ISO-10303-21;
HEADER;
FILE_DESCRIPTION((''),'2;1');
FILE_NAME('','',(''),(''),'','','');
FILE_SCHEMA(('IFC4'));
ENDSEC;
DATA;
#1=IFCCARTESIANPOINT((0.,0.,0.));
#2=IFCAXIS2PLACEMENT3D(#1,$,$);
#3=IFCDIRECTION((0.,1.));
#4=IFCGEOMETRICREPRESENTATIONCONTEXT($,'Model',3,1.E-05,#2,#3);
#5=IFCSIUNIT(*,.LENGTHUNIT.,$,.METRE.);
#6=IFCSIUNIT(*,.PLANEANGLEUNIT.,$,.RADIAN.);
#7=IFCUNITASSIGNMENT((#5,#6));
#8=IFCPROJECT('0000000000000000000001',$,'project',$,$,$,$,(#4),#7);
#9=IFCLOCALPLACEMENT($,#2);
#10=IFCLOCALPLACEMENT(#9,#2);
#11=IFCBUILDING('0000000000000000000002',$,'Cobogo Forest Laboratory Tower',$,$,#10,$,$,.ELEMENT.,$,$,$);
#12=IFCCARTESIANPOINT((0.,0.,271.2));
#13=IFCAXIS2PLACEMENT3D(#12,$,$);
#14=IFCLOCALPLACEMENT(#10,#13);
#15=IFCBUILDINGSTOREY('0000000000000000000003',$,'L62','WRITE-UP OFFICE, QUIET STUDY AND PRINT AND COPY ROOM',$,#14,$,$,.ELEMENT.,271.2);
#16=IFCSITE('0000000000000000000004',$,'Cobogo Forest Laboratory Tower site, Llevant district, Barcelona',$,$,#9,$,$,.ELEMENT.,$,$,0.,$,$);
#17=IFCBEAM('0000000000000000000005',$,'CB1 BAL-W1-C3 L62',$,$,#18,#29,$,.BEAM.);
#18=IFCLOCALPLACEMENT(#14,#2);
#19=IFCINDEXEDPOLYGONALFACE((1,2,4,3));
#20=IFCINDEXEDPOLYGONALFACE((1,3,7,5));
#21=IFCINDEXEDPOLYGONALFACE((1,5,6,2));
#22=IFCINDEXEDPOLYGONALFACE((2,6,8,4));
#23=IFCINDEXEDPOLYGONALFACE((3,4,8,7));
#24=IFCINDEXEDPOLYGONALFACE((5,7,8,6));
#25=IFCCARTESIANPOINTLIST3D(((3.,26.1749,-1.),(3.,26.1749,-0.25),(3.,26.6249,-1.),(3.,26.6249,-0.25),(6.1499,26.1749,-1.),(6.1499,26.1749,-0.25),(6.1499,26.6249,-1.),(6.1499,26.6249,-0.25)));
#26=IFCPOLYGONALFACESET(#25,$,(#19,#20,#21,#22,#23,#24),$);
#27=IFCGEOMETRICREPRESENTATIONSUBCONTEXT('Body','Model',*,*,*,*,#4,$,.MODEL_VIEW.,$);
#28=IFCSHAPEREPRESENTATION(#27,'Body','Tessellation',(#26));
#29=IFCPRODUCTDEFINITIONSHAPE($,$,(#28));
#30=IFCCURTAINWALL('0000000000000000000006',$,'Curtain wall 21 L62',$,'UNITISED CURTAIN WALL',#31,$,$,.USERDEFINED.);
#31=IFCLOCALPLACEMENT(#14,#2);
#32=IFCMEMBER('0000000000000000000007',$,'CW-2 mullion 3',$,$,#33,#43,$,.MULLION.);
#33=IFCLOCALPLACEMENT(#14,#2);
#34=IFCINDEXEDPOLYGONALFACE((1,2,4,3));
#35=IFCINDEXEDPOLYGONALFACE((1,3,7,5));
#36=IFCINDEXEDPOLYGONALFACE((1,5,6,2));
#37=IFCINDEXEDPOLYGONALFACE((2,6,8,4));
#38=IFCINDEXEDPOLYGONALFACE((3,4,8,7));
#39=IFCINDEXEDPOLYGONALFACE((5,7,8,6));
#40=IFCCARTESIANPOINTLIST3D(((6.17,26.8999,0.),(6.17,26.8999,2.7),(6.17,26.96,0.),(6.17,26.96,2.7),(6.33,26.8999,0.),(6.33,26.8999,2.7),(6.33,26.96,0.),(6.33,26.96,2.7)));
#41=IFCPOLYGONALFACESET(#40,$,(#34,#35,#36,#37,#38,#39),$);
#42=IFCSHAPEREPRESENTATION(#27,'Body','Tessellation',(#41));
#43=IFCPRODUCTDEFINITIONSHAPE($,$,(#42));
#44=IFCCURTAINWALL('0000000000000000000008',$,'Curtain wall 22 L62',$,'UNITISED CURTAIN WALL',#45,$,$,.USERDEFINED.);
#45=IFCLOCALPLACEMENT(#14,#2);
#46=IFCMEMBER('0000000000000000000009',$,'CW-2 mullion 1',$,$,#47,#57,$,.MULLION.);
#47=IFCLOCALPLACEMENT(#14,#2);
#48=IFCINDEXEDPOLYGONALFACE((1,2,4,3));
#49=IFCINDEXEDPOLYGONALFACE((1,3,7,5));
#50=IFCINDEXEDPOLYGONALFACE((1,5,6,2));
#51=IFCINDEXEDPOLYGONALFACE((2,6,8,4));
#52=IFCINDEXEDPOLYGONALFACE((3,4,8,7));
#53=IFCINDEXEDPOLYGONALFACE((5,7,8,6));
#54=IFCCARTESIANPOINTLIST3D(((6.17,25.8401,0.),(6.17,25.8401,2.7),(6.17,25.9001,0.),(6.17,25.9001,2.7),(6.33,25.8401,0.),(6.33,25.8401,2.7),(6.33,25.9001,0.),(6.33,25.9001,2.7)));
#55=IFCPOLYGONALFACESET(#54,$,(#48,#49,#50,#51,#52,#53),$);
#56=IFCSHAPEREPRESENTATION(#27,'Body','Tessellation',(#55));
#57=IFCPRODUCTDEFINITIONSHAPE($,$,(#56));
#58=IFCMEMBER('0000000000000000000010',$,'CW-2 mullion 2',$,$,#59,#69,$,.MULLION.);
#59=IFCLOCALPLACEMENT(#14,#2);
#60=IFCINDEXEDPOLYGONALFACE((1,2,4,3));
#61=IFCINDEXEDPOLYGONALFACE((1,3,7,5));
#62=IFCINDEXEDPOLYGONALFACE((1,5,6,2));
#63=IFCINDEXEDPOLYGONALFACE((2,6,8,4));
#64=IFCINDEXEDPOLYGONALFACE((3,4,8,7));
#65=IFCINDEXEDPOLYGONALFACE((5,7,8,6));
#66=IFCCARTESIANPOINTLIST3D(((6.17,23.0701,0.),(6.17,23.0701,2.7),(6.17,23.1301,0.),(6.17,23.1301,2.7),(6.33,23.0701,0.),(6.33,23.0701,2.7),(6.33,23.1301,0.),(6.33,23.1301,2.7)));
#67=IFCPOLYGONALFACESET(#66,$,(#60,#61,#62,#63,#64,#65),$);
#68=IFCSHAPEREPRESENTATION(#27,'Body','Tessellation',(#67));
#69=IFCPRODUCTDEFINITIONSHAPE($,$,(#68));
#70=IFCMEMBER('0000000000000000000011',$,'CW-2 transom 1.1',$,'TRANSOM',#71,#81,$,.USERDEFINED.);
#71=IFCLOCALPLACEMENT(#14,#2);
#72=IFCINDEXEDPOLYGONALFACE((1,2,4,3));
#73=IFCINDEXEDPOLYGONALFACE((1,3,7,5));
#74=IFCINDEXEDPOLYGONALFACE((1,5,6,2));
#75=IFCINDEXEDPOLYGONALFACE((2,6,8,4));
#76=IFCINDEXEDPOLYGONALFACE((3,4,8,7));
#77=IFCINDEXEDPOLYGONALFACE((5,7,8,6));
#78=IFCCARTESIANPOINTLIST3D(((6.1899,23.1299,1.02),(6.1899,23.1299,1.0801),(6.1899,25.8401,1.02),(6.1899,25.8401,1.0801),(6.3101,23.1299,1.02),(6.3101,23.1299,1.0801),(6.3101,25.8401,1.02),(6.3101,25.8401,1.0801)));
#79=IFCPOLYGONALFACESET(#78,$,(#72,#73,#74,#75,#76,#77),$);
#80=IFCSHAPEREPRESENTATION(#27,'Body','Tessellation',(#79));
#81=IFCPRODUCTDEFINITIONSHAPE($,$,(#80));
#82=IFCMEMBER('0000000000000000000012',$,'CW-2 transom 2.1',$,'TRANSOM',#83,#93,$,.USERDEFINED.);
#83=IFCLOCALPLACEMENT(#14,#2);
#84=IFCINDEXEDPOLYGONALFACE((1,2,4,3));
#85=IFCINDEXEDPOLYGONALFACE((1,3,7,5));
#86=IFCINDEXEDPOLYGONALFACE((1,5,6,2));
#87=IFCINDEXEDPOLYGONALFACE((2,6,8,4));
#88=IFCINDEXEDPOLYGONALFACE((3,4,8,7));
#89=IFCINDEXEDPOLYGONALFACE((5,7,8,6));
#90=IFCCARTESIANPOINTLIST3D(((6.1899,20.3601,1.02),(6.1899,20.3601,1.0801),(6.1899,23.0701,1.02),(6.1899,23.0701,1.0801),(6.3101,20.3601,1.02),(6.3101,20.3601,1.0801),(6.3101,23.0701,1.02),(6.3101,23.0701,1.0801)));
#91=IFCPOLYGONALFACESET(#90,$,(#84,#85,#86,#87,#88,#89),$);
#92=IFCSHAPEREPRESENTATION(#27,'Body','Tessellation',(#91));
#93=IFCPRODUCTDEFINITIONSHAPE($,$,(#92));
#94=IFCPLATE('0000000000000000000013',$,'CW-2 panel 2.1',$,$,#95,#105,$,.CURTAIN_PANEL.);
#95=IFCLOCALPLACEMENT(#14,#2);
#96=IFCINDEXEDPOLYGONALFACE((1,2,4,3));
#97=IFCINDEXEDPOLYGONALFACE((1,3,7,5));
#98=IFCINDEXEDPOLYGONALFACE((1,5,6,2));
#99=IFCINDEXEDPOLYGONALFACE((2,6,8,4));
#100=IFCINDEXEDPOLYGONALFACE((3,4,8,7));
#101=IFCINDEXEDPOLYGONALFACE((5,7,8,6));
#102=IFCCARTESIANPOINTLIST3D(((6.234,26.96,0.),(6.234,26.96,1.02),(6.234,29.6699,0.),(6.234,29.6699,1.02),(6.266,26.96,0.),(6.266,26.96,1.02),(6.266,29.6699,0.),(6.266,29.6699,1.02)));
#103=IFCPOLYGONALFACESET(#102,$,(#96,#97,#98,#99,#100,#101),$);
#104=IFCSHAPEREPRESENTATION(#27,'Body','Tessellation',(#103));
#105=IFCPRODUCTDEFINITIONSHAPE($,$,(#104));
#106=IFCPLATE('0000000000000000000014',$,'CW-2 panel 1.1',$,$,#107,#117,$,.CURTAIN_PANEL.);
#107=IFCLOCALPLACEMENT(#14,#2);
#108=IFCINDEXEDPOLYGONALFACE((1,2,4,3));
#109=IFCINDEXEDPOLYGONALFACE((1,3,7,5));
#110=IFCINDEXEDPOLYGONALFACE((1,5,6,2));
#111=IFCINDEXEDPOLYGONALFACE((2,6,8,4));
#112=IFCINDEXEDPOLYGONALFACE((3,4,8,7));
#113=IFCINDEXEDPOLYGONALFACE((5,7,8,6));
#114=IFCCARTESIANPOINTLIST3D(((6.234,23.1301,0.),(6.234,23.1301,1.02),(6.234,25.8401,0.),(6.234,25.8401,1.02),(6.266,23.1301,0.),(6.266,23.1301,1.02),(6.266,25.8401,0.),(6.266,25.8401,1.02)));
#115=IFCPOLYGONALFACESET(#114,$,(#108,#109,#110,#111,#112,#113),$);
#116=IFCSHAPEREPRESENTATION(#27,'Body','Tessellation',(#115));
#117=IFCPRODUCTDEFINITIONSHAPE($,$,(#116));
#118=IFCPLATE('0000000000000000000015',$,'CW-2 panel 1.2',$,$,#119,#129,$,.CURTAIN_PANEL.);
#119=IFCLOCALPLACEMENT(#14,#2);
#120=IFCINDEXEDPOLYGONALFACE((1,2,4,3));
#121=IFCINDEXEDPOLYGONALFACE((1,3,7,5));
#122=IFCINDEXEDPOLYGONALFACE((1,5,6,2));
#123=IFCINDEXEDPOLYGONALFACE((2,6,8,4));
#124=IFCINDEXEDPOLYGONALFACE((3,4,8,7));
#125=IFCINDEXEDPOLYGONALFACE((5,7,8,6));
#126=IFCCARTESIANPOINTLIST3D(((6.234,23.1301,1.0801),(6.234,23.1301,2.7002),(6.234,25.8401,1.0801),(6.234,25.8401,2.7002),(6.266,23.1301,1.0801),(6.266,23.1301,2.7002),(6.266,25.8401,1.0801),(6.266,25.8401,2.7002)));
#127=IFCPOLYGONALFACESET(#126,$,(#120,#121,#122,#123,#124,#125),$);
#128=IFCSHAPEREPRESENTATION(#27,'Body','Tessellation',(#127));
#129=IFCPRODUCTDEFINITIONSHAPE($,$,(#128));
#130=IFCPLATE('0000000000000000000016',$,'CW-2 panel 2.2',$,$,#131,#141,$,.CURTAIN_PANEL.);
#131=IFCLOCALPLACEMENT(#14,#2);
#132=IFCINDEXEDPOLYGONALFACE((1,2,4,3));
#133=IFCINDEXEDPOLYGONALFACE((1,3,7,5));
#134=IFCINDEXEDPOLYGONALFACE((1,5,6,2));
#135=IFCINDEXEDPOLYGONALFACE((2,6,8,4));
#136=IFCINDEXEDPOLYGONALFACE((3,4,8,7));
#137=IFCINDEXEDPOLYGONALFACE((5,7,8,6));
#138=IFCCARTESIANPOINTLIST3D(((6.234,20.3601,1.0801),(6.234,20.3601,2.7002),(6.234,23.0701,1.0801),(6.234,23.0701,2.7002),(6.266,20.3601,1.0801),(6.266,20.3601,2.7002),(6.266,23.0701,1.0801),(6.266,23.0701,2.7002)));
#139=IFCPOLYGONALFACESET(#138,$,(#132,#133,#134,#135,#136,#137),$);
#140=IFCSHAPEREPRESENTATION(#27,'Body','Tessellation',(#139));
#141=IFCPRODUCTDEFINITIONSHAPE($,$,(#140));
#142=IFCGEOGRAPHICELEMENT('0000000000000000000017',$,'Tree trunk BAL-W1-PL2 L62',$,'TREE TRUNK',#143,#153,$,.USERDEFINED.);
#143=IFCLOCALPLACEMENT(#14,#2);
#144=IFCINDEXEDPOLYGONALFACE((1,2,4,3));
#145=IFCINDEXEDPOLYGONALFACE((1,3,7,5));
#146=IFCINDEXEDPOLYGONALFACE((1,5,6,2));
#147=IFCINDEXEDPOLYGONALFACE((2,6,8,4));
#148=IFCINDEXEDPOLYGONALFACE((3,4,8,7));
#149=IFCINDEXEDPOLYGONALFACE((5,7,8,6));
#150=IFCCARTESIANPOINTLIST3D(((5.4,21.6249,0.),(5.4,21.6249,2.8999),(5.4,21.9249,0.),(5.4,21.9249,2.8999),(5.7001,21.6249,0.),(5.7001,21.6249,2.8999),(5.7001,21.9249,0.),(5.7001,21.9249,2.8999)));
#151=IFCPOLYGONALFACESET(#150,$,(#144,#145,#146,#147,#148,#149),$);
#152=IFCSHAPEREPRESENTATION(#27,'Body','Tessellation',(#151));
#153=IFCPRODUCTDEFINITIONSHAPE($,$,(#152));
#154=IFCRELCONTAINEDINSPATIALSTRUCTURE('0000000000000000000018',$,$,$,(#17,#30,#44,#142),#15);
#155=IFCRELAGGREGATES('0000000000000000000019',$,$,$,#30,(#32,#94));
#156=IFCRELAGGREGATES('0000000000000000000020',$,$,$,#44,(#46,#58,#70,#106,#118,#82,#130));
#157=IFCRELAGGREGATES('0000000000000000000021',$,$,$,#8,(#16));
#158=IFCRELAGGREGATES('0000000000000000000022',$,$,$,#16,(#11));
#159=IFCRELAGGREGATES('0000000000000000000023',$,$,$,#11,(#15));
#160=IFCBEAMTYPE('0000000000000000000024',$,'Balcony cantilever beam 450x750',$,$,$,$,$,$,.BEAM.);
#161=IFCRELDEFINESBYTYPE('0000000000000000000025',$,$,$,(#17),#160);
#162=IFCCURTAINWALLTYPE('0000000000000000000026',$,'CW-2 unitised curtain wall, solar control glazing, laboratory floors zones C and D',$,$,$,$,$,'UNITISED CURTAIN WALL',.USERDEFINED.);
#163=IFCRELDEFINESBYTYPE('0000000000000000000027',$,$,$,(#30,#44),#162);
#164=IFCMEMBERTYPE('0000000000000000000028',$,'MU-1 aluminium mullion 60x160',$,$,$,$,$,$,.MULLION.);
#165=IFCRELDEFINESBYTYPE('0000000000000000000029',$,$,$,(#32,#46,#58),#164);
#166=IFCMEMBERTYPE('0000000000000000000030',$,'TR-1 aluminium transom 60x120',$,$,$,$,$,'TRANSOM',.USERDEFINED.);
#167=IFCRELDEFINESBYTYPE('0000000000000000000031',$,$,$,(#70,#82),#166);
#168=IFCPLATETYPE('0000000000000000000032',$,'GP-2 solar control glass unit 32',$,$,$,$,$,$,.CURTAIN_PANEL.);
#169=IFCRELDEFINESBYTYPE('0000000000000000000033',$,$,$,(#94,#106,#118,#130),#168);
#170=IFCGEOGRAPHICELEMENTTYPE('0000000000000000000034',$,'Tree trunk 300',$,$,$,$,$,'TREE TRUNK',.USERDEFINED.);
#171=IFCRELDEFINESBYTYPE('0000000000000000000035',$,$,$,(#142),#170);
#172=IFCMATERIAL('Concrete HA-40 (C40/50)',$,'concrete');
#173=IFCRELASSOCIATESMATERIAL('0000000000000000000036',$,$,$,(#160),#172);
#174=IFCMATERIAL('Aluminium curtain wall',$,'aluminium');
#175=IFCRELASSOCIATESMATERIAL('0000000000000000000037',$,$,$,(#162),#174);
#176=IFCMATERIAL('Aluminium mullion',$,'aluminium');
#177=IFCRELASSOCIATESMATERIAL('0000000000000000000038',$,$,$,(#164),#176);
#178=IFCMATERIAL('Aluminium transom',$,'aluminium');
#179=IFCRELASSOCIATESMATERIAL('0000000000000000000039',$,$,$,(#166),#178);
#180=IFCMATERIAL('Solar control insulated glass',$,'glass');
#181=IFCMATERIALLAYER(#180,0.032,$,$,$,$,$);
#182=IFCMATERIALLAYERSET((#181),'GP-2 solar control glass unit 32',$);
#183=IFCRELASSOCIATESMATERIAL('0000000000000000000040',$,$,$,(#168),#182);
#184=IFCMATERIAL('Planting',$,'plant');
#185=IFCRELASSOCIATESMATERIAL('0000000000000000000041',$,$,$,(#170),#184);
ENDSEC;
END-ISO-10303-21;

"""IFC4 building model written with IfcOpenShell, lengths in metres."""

from ifc_helpers import new_model, si_unit, direction, frame, origin, origin_2d, place, context, subcontext, project, spatial, rectangle, extrude, material, layer, layer_set, material_profile, profile_set, type_object, element, aggregate, save


model = new_model("IFC4")

# Units and contexts
model_context = context("Model", 3, precision=1e-05, world=origin(), true_north=direction((0.0, 1.0)))
body_context = subcontext(model_context, "Body", "Model", "MODEL_VIEW")
ifc_project = project(units=[si_unit("LENGTHUNIT", "METRE"), si_unit("PLANEANGLEUNIT", "RADIAN")], contexts=[model_context])

# Site, building, storey
site_placement = place(None, origin())
site = spatial("IfcSite", under=ifc_project, at=site_placement, Name="Cobogo Forest Laboratory Tower site, Llevant district, Barcelona", CompositionType="ELEMENT", RefElevation=0.0)
building_placement = place(site_placement, origin())
building = spatial("IfcBuilding", under=site, at=building_placement, Name="Cobogo Forest Laboratory Tower", CompositionType="ELEMENT")
storey_placement = place(building_placement, frame((0.0, 0.0, 271.2)))
storey = spatial("IfcBuildingStorey", under=building, at=storey_placement, Name="L62", Description="WRITE-UP OFFICE, QUIET STUDY AND PRINT AND COPY ROOM", CompositionType="ELEMENT", Elevation=271.2)

# Beam
ifc_material_1 = material(Name="Concrete HA-40 (C40/50)", Category="concrete")
ifc_material_profile_1 = material_profile(ifc_material_1, rectangle(XDim=0.45, YDim=0.75, at=origin_2d()), Name="RC 450x750")
ifc_profile_set_1 = profile_set([ifc_material_profile_1], Name="Concrete HA-40 (C40/50)")
beam_type = type_object("IfcBeamType", Name="Balcony cantilever beam 450x750", PredefinedType="BEAM", material=ifc_profile_set_1)
beam_placement = place(storey_placement, frame((6.1499, 26.3999, -0.625), z_axis=(-1.0, 0.0, 0.0), x_axis=(0.0, -1.0, 0.0)))
element("IfcBeam", 1, at=beam_placement, inside=storey, type_object=beam_type, Name="CB1 BAL-W1-C3 L62", PredefinedType="BEAM", context=body_context, shape_type="SweptSolid", body=[
    extrude(rectangle(XDim=0.45, YDim=0.75, at=origin_2d()), origin(), (0.0, 0.0, 1.0), 3.1499),
])

# Curtain wall, member
ifc_material_2 = material(Name="Aluminium curtain wall", Category="aluminium")
curtain_wall_type = type_object("IfcCurtainWallType", Name="CW-2 unitised curtain wall, solar control glazing, laboratory floors zones C and D", ElementType="UNITISED CURTAIN WALL", PredefinedType="USERDEFINED", material=ifc_material_2)
curtain_wall_1_placement = place(storey_placement, origin())
curtain_wall_1 = element("IfcCurtainWall", 2, at=curtain_wall_1_placement, inside=storey, type_object=curtain_wall_type, Name="Curtain wall 21 L62", ObjectType="UNITISED CURTAIN WALL", PredefinedType="USERDEFINED")
ifc_material_3 = material(Name="Aluminium mullion", Category="aluminium")
ifc_material_profile_2 = material_profile(ifc_material_3, rectangle(XDim=0.0601, YDim=0.1599, at=origin_2d()), Name="AL 60x160")
ifc_profile_set_2 = profile_set([ifc_material_profile_2], Name="Aluminium mullion")
member_type_1 = type_object("IfcMemberType", Name="MU-1 aluminium mullion 60x160", PredefinedType="MULLION", material=ifc_profile_set_2)
member_1_placement = place(storey_placement, frame((6.25, 26.9299, 0.0), z_axis=(0.0, 0.0, 1.0), x_axis=(0.0, -1.0, 0.0)))
member_1 = element("IfcMember", 3, at=member_1_placement, type_object=member_type_1, Name="CW-2 mullion 3", PredefinedType="MULLION", context=body_context, shape_type="SweptSolid", body=[
    extrude(rectangle(XDim=0.0601, YDim=0.1599, at=origin_2d()), origin(), (0.0, 0.0, 1.0), 2.7),
])

# Curtain wall, members
curtain_wall_2_placement = place(storey_placement, origin())
curtain_wall_2 = element("IfcCurtainWall", 4, at=curtain_wall_2_placement, inside=storey, type_object=curtain_wall_type, Name="Curtain wall 22 L62", ObjectType="UNITISED CURTAIN WALL", PredefinedType="USERDEFINED")
member_2_placement = place(storey_placement, frame((6.25, 25.8701, 0.0), z_axis=(0.0, 0.0, 1.0), x_axis=(0.0, -1.0, 0.0)))
member_2 = element("IfcMember", 5, at=member_2_placement, type_object=member_type_1, Name="CW-2 mullion 1", PredefinedType="MULLION", context=body_context, shape_type="SweptSolid", body=[
    extrude(rectangle(XDim=0.0601, YDim=0.1599, at=origin_2d()), origin(), (0.0, 0.0, 1.0), 2.7),
])
member_3_placement = place(storey_placement, frame((6.25, 23.1001, 0.0), z_axis=(0.0, 0.0, 1.0), x_axis=(0.0, -1.0, 0.0)))
member_3 = element("IfcMember", 6, at=member_3_placement, type_object=member_type_1, Name="CW-2 mullion 2", PredefinedType="MULLION", context=body_context, shape_type="SweptSolid", body=[
    extrude(rectangle(XDim=0.0601, YDim=0.1599, at=origin_2d()), origin(), (0.0, 0.0, 1.0), 2.7),
])
ifc_material_4 = material(Name="Aluminium transom", Category="aluminium")
ifc_material_profile_3 = material_profile(ifc_material_4, rectangle(XDim=0.1201, YDim=0.0601, at=origin_2d()), Name="AL 60x120")
ifc_profile_set_3 = profile_set([ifc_material_profile_3], Name="Aluminium transom")
member_type_2 = type_object("IfcMemberType", Name="TR-1 aluminium transom 60x120", ElementType="TRANSOM", PredefinedType="USERDEFINED", material=ifc_profile_set_3)
member_4_placement = place(storey_placement, frame((6.25, 25.8401, 1.05), z_axis=(0.0, -1.0, 0.0), x_axis=(1.0, 0.0, 0.0)))
member_4 = element("IfcMember", 7, at=member_4_placement, type_object=member_type_2, Name="CW-2 transom 1.1", ObjectType="TRANSOM", PredefinedType="USERDEFINED", context=body_context, shape_type="SweptSolid", body=[
    extrude(rectangle(XDim=0.1201, YDim=0.0601, at=origin_2d()), origin(), (0.0, 0.0, 1.0), 2.7102),
])
member_5_placement = place(storey_placement, frame((6.25, 23.0701, 1.05), z_axis=(0.0, -1.0, 0.0), x_axis=(1.0, 0.0, 0.0)))
member_5 = element("IfcMember", 8, at=member_5_placement, type_object=member_type_2, Name="CW-2 transom 2.1", ObjectType="TRANSOM", PredefinedType="USERDEFINED", context=body_context, shape_type="SweptSolid", body=[
    extrude(rectangle(XDim=0.1201, YDim=0.0601, at=origin_2d()), origin(), (0.0, 0.0, 1.0), 2.71),
])

# Plates
ifc_material_5 = material(Name="Solar control insulated glass", Category="glass")
ifc_layer = layer(ifc_material_5, 0.032)
ifc_layer_set = layer_set([ifc_layer], Name="GP-2 solar control glass unit 32")
plate_type_1 = type_object("IfcPlateType", Name="GP-2 solar control glass unit 32", PredefinedType="CURTAIN_PANEL", material=ifc_layer_set)
plate_1_placement = place(storey_placement, frame((6.25, 28.3149, 0.0), z_axis=(0.0, 0.0, 1.0), x_axis=(0.0, -1.0, 0.0)))
plate_1 = element("IfcPlate", 9, at=plate_1_placement, type_object=plate_type_1, Name="CW-2 panel 2.1", PredefinedType="CURTAIN_PANEL", context=body_context, shape_type="SweptSolid", body=[
    extrude(rectangle(XDim=2.71, YDim=0.032, at=origin_2d()), origin(), (0.0, 0.0, 1.0), 1.02),
])
aggregate(curtain_wall_1, [member_1, plate_1])
plate_2_placement = place(storey_placement, frame((6.25, 24.4851, 0.0), z_axis=(0.0, 0.0, 1.0), x_axis=(0.0, -1.0, 0.0)))
plate_2 = element("IfcPlate", 10, at=plate_2_placement, type_object=plate_type_1, Name="CW-2 panel 1.1", PredefinedType="CURTAIN_PANEL", context=body_context, shape_type="SweptSolid", body=[
    extrude(rectangle(XDim=2.71, YDim=0.032, at=origin_2d()), origin(), (0.0, 0.0, 1.0), 1.02),
])
plate_3_placement = place(storey_placement, frame((6.25, 24.4851, 1.0801), z_axis=(0.0, 0.0, 1.0), x_axis=(0.0, -1.0, 0.0)))
plate_3 = element("IfcPlate", 11, at=plate_3_placement, type_object=plate_type_1, Name="CW-2 panel 1.2", PredefinedType="CURTAIN_PANEL", context=body_context, shape_type="SweptSolid", body=[
    extrude(rectangle(XDim=2.71, YDim=0.032, at=origin_2d()), origin(), (0.0, 0.0, 1.0), 1.6201),
])
plate_4_placement = place(storey_placement, frame((6.25, 21.7151, 1.0801), z_axis=(0.0, 0.0, 1.0), x_axis=(0.0, -1.0, 0.0)))
plate_4 = element("IfcPlate", 12, at=plate_4_placement, type_object=plate_type_1, Name="CW-2 panel 2.2", PredefinedType="CURTAIN_PANEL", context=body_context, shape_type="SweptSolid", body=[
    extrude(rectangle(XDim=2.71, YDim=0.032, at=origin_2d()), origin(), (0.0, 0.0, 1.0), 1.6201),
])
aggregate(curtain_wall_2, [member_2, member_3, member_4, plate_2, plate_3, member_5, plate_4])

# Geographic element
ifc_material_6 = material(Name="Planting", Category="plant")
geographic_element_type = type_object("IfcGeographicElementType", Name="Tree trunk 300", ElementType="TREE TRUNK", PredefinedType="USERDEFINED", material=ifc_material_6)
geographic_element_placement = place(storey_placement, frame((5.55, 21.7749, 0.0), z_axis=(0.0, 0.0, 1.0), x_axis=(1.0, 0.0, 0.0)))
element("IfcGeographicElement", 13, at=geographic_element_placement, inside=storey, type_object=geographic_element_type, Name="Tree trunk BAL-W1-PL2 L62", ObjectType="TREE TRUNK", PredefinedType="USERDEFINED", context=body_context, shape_type="SweptSolid", body=[
    extrude(rectangle(XDim=0.3, YDim=0.3, at=origin_2d()), origin(), (0.0, 0.0, 1.0), 2.8999),
])

save(model, "model.ifc")
